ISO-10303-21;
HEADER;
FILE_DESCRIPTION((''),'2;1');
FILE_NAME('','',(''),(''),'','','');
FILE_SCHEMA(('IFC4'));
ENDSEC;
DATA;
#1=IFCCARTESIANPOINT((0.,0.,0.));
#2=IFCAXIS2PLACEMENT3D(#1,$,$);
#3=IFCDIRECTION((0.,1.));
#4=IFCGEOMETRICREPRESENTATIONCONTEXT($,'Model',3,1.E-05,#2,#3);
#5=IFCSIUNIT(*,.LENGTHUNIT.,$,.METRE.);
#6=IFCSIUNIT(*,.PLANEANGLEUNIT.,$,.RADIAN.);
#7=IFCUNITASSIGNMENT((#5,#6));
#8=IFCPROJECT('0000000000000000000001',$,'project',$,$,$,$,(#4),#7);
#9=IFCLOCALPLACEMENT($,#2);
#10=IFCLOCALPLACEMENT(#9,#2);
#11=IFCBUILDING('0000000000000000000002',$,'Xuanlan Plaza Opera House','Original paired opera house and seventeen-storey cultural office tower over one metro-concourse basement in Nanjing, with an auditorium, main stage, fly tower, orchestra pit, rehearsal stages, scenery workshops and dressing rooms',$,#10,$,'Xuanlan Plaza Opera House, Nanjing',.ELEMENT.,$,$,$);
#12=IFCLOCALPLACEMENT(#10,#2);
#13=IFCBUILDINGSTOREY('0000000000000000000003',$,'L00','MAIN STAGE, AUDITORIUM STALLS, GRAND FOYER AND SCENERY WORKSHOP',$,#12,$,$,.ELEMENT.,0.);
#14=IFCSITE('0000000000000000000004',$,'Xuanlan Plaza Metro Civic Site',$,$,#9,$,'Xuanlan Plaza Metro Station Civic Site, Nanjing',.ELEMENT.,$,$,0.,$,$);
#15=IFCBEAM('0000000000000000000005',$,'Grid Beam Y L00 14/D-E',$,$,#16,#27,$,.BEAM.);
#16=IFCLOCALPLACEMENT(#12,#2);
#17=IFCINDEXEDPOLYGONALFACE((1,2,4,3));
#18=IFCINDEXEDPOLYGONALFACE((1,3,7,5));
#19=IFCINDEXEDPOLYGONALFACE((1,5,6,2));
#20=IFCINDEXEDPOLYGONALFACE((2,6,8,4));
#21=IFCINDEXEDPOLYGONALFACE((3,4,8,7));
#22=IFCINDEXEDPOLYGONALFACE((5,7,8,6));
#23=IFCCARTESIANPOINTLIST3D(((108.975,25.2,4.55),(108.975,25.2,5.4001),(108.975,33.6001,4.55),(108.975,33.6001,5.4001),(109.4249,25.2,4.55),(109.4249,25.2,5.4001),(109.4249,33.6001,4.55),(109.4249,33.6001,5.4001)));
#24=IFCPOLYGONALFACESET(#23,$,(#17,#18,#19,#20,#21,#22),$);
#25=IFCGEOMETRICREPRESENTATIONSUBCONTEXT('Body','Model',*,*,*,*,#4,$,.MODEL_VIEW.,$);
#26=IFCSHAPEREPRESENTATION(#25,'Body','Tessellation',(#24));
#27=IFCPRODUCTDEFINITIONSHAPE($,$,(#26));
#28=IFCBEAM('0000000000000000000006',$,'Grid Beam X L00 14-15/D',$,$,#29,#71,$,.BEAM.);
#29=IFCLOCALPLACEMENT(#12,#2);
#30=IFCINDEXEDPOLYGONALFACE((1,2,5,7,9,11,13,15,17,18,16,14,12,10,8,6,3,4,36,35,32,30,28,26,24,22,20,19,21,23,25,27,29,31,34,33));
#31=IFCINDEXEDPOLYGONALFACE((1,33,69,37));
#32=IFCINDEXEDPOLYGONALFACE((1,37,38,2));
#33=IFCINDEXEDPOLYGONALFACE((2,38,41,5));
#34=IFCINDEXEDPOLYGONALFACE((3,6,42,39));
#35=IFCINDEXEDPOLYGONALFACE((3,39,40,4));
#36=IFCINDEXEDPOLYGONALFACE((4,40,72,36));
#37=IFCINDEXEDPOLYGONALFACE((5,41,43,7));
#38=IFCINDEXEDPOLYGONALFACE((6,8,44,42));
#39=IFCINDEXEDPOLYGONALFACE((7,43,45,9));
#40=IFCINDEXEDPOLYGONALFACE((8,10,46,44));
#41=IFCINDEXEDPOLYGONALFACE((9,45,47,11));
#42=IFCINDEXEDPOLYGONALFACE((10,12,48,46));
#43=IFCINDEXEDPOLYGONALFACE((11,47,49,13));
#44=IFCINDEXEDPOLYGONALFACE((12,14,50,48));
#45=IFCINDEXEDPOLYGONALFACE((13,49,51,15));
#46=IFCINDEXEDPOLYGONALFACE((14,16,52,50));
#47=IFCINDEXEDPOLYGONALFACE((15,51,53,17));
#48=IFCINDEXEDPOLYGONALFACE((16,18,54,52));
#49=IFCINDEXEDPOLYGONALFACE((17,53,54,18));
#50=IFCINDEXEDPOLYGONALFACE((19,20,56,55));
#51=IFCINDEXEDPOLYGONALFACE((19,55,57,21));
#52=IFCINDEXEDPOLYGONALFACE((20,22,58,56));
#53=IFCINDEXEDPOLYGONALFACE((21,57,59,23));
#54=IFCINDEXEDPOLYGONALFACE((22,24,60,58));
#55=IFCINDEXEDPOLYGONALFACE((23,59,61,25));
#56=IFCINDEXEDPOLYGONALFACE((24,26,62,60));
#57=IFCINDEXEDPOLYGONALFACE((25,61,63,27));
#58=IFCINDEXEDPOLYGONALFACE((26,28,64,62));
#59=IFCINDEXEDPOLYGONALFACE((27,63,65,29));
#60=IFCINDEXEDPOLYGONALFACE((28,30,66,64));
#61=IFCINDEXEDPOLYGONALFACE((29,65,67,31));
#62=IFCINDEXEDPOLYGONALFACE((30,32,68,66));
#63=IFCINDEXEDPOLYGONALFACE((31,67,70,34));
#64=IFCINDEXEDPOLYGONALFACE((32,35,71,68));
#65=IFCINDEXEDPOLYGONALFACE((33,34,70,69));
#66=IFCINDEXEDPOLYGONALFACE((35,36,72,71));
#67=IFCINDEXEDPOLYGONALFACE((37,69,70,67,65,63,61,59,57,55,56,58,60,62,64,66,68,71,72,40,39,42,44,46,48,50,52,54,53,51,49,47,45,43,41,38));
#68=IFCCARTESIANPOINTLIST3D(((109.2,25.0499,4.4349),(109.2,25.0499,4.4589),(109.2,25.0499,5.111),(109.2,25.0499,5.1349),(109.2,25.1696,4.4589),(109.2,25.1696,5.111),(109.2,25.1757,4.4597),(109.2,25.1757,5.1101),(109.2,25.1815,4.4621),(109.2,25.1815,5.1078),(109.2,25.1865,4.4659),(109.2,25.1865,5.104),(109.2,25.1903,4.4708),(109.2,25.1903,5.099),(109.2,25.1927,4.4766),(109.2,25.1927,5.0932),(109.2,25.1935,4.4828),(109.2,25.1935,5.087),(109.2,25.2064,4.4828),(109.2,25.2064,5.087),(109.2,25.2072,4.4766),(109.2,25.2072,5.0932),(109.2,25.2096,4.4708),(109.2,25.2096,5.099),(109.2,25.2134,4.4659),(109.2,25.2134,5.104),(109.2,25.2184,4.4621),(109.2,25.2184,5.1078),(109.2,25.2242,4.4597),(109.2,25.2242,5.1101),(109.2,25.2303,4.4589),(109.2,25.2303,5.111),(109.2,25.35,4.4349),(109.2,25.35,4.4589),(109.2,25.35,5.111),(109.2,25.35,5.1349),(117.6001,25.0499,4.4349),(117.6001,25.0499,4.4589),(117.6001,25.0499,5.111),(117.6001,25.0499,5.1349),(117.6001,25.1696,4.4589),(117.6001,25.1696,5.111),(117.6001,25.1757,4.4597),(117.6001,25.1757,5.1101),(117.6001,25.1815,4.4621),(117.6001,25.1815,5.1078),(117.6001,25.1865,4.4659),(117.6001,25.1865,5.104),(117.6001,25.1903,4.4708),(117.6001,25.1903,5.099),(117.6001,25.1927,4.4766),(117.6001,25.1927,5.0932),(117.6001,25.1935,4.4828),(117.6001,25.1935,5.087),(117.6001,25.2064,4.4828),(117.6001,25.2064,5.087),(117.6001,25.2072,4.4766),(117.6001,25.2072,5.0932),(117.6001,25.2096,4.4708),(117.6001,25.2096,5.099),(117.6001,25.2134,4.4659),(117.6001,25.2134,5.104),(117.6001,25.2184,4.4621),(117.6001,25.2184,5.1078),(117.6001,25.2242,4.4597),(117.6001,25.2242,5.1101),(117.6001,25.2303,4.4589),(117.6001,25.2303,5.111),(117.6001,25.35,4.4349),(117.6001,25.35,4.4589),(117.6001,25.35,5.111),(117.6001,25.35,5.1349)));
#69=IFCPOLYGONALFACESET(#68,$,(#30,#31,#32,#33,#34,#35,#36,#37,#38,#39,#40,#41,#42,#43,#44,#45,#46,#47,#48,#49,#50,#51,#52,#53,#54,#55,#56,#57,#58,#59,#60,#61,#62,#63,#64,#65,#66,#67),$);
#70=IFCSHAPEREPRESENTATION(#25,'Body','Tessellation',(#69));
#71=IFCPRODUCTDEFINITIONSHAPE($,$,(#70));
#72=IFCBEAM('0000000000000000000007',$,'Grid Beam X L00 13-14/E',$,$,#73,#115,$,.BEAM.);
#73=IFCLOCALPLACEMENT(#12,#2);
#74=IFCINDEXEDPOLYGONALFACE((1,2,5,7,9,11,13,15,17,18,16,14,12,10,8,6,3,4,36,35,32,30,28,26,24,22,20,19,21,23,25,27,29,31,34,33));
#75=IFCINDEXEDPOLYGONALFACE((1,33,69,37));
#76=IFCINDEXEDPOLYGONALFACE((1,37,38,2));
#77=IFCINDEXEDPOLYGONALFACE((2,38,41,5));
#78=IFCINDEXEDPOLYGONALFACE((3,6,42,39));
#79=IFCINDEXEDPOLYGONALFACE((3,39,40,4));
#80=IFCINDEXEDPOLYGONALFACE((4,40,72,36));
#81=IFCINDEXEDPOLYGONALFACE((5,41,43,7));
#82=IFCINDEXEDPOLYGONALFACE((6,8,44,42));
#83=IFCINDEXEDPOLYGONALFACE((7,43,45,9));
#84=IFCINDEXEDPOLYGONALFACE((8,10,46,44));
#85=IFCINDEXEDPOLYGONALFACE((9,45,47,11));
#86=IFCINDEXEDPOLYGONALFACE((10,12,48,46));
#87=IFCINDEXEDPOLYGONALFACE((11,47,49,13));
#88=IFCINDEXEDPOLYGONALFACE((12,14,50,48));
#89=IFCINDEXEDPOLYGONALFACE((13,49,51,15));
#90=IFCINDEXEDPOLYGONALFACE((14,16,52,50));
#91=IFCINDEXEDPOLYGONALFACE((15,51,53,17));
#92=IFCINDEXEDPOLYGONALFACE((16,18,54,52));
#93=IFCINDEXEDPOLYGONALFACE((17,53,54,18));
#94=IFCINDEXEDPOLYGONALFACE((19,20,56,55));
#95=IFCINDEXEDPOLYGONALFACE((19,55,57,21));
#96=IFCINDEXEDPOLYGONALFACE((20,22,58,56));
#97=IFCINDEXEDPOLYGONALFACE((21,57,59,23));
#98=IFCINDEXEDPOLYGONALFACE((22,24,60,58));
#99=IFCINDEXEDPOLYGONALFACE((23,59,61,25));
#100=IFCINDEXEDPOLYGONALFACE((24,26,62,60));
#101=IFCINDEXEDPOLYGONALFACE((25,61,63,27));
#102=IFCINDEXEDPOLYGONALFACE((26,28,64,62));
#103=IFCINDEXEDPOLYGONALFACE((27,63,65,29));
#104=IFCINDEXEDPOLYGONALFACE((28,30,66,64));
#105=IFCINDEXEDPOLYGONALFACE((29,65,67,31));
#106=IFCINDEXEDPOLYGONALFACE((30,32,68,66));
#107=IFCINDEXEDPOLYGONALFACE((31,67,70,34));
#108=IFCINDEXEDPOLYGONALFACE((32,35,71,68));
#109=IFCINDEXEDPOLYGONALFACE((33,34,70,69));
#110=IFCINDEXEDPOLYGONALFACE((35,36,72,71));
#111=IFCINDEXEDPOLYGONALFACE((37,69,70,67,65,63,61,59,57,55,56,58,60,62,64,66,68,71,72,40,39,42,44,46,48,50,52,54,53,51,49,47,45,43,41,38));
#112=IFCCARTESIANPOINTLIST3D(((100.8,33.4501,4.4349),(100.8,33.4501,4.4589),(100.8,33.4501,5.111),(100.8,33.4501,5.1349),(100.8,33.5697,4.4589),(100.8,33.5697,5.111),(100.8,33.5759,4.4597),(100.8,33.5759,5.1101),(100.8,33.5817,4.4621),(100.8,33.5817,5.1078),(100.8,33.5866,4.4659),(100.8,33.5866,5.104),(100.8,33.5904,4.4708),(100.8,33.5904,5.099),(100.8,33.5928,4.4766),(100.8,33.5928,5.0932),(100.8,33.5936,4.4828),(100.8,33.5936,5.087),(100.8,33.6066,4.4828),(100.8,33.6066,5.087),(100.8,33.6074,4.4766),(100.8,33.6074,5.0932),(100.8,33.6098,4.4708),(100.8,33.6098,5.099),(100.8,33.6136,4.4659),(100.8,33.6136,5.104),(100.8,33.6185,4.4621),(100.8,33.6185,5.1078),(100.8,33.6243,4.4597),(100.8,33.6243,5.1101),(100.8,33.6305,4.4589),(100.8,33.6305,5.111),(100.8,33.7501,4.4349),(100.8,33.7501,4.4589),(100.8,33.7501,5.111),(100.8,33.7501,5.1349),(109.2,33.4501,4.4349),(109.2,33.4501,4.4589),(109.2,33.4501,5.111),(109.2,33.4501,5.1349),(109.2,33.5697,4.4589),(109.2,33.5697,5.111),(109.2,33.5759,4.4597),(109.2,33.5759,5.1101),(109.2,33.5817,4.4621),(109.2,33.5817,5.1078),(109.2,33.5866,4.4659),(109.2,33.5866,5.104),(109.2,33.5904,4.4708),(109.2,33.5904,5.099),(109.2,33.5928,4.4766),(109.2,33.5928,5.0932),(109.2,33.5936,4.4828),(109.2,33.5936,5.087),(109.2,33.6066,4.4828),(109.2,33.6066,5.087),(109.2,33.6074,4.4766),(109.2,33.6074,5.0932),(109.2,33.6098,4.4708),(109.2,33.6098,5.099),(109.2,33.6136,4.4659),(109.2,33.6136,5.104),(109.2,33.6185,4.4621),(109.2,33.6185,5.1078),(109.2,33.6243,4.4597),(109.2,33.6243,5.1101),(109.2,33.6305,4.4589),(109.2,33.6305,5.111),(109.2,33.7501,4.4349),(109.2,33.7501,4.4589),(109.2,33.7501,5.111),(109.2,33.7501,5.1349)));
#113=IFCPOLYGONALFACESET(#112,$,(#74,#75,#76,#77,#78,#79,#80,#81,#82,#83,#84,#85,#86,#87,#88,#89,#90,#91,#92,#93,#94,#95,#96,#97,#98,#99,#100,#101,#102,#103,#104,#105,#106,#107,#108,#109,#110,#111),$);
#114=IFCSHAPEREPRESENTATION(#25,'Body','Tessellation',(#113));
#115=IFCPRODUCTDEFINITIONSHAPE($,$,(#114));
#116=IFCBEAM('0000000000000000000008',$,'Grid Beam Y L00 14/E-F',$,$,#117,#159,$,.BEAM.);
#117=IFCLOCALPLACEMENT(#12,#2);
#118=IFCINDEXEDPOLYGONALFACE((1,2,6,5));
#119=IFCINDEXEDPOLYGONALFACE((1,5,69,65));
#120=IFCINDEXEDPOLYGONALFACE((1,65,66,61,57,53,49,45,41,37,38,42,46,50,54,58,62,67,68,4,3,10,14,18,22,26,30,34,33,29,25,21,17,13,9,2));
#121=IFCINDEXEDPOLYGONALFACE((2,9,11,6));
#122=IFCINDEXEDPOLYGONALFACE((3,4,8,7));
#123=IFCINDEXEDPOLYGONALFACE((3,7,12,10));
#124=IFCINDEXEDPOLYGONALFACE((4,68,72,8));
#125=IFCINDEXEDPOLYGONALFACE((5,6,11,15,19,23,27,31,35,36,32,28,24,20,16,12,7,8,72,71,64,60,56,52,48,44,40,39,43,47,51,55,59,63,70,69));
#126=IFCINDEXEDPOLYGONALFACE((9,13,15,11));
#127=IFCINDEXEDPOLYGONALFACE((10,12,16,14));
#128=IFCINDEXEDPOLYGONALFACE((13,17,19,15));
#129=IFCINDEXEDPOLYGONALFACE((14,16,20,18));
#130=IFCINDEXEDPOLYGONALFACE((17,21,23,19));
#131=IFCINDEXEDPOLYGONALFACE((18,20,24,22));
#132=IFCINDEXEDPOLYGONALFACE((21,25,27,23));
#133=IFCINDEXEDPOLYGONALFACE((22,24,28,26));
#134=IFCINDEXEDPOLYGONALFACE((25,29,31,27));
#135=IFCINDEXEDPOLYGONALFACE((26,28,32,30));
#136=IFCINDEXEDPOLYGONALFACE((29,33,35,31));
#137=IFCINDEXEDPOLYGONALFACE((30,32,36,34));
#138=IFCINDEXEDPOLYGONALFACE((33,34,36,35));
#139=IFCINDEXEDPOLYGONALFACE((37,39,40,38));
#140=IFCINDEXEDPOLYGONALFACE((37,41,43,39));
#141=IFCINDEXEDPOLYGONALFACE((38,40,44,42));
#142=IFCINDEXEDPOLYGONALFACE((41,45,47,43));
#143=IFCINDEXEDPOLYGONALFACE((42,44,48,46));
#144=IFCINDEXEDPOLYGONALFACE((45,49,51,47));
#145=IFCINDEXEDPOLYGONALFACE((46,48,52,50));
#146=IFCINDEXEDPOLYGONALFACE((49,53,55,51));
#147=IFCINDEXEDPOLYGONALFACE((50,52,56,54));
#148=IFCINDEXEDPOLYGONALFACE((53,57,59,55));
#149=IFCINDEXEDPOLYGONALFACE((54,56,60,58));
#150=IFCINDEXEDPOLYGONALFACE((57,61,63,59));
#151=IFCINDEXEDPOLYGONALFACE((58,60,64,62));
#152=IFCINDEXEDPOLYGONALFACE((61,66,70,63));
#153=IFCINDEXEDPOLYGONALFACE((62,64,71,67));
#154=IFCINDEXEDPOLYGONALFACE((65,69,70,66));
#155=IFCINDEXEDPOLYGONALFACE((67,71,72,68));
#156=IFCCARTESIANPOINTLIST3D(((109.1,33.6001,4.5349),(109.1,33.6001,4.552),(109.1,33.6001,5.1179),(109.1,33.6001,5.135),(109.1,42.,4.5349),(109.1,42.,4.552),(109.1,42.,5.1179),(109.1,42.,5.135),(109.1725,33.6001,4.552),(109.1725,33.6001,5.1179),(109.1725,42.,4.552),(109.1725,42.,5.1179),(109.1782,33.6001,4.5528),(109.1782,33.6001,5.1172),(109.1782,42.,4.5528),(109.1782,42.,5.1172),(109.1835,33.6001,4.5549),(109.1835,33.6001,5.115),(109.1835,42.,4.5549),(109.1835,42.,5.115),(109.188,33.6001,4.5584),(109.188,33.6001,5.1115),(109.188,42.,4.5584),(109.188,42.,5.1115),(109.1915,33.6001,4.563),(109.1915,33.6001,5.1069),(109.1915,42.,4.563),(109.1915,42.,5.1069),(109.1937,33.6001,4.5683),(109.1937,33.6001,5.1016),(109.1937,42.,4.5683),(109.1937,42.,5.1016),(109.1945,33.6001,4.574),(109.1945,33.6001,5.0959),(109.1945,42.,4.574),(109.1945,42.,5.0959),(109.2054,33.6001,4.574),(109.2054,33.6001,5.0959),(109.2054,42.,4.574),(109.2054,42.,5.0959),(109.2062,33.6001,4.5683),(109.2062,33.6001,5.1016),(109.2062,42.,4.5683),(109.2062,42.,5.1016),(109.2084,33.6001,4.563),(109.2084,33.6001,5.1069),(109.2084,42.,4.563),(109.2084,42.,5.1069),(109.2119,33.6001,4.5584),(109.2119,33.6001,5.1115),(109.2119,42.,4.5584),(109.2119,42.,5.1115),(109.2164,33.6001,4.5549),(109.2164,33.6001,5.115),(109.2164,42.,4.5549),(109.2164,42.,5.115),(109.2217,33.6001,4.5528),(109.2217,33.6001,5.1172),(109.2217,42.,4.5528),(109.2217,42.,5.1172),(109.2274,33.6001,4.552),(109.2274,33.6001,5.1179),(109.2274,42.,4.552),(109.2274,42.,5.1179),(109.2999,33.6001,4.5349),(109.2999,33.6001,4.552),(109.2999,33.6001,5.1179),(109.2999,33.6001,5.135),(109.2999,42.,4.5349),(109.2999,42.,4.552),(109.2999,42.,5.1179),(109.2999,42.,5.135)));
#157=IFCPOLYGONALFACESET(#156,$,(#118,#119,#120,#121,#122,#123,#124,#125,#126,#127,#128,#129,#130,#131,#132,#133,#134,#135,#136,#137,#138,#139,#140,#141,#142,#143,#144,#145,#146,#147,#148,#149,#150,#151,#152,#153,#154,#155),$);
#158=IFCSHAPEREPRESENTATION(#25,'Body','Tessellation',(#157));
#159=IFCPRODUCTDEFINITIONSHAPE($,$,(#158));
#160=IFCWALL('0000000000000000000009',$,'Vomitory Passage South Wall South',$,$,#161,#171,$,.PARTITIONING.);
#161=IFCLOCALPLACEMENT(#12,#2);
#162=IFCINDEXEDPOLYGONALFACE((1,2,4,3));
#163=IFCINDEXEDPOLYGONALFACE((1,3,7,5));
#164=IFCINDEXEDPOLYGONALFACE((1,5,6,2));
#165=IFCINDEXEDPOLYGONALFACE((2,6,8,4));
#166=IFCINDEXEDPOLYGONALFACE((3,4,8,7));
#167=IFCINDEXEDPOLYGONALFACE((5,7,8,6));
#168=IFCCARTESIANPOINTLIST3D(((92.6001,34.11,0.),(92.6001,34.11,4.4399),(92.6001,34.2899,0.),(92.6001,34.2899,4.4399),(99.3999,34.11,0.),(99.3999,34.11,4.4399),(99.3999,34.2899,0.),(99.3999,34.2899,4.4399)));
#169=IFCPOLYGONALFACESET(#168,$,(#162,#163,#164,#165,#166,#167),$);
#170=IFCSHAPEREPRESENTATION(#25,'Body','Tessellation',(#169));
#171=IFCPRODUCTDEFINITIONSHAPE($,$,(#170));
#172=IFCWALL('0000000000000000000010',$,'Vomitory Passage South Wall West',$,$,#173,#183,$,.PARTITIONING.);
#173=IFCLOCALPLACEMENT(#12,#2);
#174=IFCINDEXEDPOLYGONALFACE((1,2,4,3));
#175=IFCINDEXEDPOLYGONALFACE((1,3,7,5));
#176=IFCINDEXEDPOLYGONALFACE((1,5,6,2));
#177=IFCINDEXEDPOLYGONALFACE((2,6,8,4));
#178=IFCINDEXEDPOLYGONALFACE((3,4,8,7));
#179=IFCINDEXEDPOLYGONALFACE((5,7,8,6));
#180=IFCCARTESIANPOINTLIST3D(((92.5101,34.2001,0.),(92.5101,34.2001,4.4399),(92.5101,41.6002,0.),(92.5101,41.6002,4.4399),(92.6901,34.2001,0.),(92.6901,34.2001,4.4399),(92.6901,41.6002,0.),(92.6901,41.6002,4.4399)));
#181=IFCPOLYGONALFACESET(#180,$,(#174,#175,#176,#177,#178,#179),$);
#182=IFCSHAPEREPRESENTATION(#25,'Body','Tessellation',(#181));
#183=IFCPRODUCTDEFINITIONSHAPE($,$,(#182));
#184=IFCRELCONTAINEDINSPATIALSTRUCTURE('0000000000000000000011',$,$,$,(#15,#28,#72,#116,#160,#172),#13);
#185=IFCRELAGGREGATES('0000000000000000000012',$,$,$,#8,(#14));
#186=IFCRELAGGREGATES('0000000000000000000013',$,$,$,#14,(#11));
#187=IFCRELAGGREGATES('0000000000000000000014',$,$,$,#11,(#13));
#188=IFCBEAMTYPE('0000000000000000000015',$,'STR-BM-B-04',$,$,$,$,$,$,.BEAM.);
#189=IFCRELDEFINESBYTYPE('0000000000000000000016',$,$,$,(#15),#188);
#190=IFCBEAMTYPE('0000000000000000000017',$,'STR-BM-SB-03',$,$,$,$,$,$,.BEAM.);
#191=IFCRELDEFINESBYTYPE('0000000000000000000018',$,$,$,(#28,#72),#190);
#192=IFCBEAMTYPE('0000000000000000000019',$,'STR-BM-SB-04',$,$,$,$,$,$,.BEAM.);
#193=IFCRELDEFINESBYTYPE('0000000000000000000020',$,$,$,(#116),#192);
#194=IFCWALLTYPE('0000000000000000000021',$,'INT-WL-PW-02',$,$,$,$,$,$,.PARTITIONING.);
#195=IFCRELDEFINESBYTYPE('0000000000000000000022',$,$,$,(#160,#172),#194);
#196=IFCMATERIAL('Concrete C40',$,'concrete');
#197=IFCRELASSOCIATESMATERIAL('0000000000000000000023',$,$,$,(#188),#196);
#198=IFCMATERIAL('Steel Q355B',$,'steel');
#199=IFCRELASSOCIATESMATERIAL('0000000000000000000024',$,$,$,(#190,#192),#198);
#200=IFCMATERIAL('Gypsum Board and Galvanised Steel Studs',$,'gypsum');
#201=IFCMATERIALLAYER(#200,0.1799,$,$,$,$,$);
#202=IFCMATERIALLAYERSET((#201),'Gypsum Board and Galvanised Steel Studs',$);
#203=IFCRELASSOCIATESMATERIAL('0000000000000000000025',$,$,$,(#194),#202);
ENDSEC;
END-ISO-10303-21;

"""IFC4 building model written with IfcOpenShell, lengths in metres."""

from ifc_helpers import new_model, si_unit, direction, frame, frame_2d, origin, origin_2d, place, context, subcontext, project, spatial, rectangle, i_section, extrude, material, layer, layer_set, material_profile, profile_set, type_object, element, save


model = new_model("IFC4")

# Units and contexts
model_context = context("Model", 3, precision=1e-05, world=origin(), true_north=direction((0.0, 1.0)))
body_context = subcontext(model_context, "Body", "Model", "MODEL_VIEW")
ifc_project = project(units=[si_unit("LENGTHUNIT", "METRE"), si_unit("PLANEANGLEUNIT", "RADIAN")], contexts=[model_context])

# Site, building, storey
site_placement = place(None, origin())
site = spatial("IfcSite", under=ifc_project, at=site_placement, Name="Xuanlan Plaza Metro Civic Site", LongName="Xuanlan Plaza Metro Station Civic Site, Nanjing", CompositionType="ELEMENT", RefElevation=0.0)
building_placement = place(site_placement, origin())
building = spatial("IfcBuilding", under=site, at=building_placement, Name="Xuanlan Plaza Opera House", Description="Original paired opera house and seventeen-storey cultural office tower over one metro-concourse basement in Nanjing, with an auditorium, main stage, fly tower, orchestra pit, rehearsal stages, scenery workshops and dressing rooms", LongName="Xuanlan Plaza Opera House, Nanjing", CompositionType="ELEMENT")
storey_placement = place(building_placement, origin())
storey = spatial("IfcBuildingStorey", under=building, at=storey_placement, Name="L00", Description="MAIN STAGE, AUDITORIUM STALLS, GRAND FOYER AND SCENERY WORKSHOP", CompositionType="ELEMENT", Elevation=0.0)

# Shared definitions
ifc_material_1 = material(Name="Concrete C40", Category="concrete")
ifc_material_2 = material(Name="Steel Q355B", Category="steel")

# Beams
ifc_material_profile_1 = material_profile(ifc_material_1, rectangle(XDim=0.45, YDim=0.8501, at=origin_2d()), Name="RC-BM 450x850")
ifc_profile_set_1 = profile_set([ifc_material_profile_1], Name="Concrete C40")
beam_type_1 = type_object("IfcBeamType", Name="STR-BM-B-04", PredefinedType="BEAM", material=ifc_profile_set_1)
beam_1_placement = place(storey_placement, frame((109.2, 25.2, 4.9751), z_axis=(0.0, 1.0, 0.0), x_axis=(-1.0, 0.0, 0.0)))
element("IfcBeam", 1, at=beam_1_placement, inside=storey, type_object=beam_type_1, Name="Grid Beam Y L00 14/D-E", PredefinedType="BEAM", context=body_context, shape_type="SweptSolid", body=[
    extrude(rectangle(XDim=0.45, YDim=0.8501, at=origin_2d()), origin(), (0.0, 0.0, 1.0), 8.4001),
])
ifc_material_profile_2 = material_profile(ifc_material_2, i_section(OverallWidth=0.3, OverallDepth=0.7, WebThickness=0.0129, FlangeThickness=0.0239, FilletRadius=0.0239, at=origin_2d()), Name="HN 700x300x13x24")
ifc_profile_set_2 = profile_set([ifc_material_profile_2], Name="Steel Q355B")
beam_type_2 = type_object("IfcBeamType", Name="STR-BM-SB-03", PredefinedType="BEAM", material=ifc_profile_set_2)
beam_2_placement = place(storey_placement, frame((109.2, 25.2, 4.7849), z_axis=(1.0, 0.0, 0.0), x_axis=(0.0, 1.0, 0.0)))
element("IfcBeam", 2, at=beam_2_placement, inside=storey, type_object=beam_type_2, Name="Grid Beam X L00 14-15/D", PredefinedType="BEAM", context=body_context, shape_type="SweptSolid", body=[
    extrude(i_section(OverallWidth=0.3, OverallDepth=0.7, WebThickness=0.0129, FlangeThickness=0.0239, FilletRadius=0.0239, at=origin_2d()), origin(), (0.0, 0.0, 1.0), 8.4001),
])
beam_3_placement = place(storey_placement, frame((100.8, 33.6001, 4.7849), z_axis=(1.0, 0.0, 0.0), x_axis=(0.0, 1.0, 0.0)))
element("IfcBeam", 3, at=beam_3_placement, inside=storey, type_object=beam_type_2, Name="Grid Beam X L00 13-14/E", PredefinedType="BEAM", context=body_context, shape_type="SweptSolid", body=[
    extrude(i_section(OverallWidth=0.3, OverallDepth=0.7, WebThickness=0.0129, FlangeThickness=0.0239, FilletRadius=0.0239, at=origin_2d()), origin(), (0.0, 0.0, 1.0), 8.3999),
])
ifc_material_profile_3 = material_profile(ifc_material_2, i_section(OverallWidth=0.2, OverallDepth=0.6001, WebThickness=0.011, FlangeThickness=0.0171, FilletRadius=0.022, at=origin_2d()), Name="HN 600x200x11x17")
ifc_profile_set_3 = profile_set([ifc_material_profile_3], Name="Steel Q355B")
beam_type_3 = type_object("IfcBeamType", Name="STR-BM-SB-04", PredefinedType="BEAM", material=ifc_profile_set_3)
beam_4_placement = place(storey_placement, frame((109.2, 33.6001, 4.835), z_axis=(0.0, 1.0, 0.0), x_axis=(-1.0, 0.0, 0.0)))
element("IfcBeam", 4, at=beam_4_placement, inside=storey, type_object=beam_type_3, Name="Grid Beam Y L00 14/E-F", PredefinedType="BEAM", context=body_context, shape_type="SweptSolid", body=[
    extrude(i_section(OverallWidth=0.2, OverallDepth=0.6001, WebThickness=0.011, FlangeThickness=0.0171, FilletRadius=0.022, at=origin_2d()), origin(), (0.0, 0.0, 1.0), 8.3999),
])

# Walls
ifc_material_3 = material(Name="Gypsum Board and Galvanised Steel Studs", Category="gypsum")
ifc_layer_1 = layer(ifc_material_3, 0.1799)
ifc_layer_set_1 = layer_set([ifc_layer_1], Name="Gypsum Board and Galvanised Steel Studs")
wall_type_1 = type_object("IfcWallType", Name="INT-WL-PW-02", PredefinedType="PARTITIONING", material=ifc_layer_set_1)
wall_1_placement = place(storey_placement, frame((92.6001, 34.2, 0.0), z_axis=(0.0, 0.0, 1.0), x_axis=(1.0, 0.0, 0.0)))
element("IfcWall", 5, at=wall_1_placement, inside=storey, type_object=wall_type_1, Name="Vomitory Passage South Wall South", PredefinedType="PARTITIONING", context=body_context, shape_type="SweptSolid", body=[
    extrude(rectangle(XDim=6.7998, YDim=0.1799, at=frame_2d((3.3999, 0.0))), origin(), (0.0, 0.0, 1.0), 4.4399),
])
wall_2_placement = place(storey_placement, frame((92.6001, 34.2, 0.0), z_axis=(0.0, 0.0, 1.0), x_axis=(0.0, 1.0, 0.0)))
element("IfcWall", 6, at=wall_2_placement, inside=storey, type_object=wall_type_1, Name="Vomitory Passage South Wall West", PredefinedType="PARTITIONING", context=body_context, shape_type="SweptSolid", body=[
    extrude(rectangle(XDim=7.4001, YDim=0.1799, at=frame_2d((3.7002, 0.0))), origin(), (0.0, 0.0, 1.0), 4.4399),
])

save(model, "model.ifc")
